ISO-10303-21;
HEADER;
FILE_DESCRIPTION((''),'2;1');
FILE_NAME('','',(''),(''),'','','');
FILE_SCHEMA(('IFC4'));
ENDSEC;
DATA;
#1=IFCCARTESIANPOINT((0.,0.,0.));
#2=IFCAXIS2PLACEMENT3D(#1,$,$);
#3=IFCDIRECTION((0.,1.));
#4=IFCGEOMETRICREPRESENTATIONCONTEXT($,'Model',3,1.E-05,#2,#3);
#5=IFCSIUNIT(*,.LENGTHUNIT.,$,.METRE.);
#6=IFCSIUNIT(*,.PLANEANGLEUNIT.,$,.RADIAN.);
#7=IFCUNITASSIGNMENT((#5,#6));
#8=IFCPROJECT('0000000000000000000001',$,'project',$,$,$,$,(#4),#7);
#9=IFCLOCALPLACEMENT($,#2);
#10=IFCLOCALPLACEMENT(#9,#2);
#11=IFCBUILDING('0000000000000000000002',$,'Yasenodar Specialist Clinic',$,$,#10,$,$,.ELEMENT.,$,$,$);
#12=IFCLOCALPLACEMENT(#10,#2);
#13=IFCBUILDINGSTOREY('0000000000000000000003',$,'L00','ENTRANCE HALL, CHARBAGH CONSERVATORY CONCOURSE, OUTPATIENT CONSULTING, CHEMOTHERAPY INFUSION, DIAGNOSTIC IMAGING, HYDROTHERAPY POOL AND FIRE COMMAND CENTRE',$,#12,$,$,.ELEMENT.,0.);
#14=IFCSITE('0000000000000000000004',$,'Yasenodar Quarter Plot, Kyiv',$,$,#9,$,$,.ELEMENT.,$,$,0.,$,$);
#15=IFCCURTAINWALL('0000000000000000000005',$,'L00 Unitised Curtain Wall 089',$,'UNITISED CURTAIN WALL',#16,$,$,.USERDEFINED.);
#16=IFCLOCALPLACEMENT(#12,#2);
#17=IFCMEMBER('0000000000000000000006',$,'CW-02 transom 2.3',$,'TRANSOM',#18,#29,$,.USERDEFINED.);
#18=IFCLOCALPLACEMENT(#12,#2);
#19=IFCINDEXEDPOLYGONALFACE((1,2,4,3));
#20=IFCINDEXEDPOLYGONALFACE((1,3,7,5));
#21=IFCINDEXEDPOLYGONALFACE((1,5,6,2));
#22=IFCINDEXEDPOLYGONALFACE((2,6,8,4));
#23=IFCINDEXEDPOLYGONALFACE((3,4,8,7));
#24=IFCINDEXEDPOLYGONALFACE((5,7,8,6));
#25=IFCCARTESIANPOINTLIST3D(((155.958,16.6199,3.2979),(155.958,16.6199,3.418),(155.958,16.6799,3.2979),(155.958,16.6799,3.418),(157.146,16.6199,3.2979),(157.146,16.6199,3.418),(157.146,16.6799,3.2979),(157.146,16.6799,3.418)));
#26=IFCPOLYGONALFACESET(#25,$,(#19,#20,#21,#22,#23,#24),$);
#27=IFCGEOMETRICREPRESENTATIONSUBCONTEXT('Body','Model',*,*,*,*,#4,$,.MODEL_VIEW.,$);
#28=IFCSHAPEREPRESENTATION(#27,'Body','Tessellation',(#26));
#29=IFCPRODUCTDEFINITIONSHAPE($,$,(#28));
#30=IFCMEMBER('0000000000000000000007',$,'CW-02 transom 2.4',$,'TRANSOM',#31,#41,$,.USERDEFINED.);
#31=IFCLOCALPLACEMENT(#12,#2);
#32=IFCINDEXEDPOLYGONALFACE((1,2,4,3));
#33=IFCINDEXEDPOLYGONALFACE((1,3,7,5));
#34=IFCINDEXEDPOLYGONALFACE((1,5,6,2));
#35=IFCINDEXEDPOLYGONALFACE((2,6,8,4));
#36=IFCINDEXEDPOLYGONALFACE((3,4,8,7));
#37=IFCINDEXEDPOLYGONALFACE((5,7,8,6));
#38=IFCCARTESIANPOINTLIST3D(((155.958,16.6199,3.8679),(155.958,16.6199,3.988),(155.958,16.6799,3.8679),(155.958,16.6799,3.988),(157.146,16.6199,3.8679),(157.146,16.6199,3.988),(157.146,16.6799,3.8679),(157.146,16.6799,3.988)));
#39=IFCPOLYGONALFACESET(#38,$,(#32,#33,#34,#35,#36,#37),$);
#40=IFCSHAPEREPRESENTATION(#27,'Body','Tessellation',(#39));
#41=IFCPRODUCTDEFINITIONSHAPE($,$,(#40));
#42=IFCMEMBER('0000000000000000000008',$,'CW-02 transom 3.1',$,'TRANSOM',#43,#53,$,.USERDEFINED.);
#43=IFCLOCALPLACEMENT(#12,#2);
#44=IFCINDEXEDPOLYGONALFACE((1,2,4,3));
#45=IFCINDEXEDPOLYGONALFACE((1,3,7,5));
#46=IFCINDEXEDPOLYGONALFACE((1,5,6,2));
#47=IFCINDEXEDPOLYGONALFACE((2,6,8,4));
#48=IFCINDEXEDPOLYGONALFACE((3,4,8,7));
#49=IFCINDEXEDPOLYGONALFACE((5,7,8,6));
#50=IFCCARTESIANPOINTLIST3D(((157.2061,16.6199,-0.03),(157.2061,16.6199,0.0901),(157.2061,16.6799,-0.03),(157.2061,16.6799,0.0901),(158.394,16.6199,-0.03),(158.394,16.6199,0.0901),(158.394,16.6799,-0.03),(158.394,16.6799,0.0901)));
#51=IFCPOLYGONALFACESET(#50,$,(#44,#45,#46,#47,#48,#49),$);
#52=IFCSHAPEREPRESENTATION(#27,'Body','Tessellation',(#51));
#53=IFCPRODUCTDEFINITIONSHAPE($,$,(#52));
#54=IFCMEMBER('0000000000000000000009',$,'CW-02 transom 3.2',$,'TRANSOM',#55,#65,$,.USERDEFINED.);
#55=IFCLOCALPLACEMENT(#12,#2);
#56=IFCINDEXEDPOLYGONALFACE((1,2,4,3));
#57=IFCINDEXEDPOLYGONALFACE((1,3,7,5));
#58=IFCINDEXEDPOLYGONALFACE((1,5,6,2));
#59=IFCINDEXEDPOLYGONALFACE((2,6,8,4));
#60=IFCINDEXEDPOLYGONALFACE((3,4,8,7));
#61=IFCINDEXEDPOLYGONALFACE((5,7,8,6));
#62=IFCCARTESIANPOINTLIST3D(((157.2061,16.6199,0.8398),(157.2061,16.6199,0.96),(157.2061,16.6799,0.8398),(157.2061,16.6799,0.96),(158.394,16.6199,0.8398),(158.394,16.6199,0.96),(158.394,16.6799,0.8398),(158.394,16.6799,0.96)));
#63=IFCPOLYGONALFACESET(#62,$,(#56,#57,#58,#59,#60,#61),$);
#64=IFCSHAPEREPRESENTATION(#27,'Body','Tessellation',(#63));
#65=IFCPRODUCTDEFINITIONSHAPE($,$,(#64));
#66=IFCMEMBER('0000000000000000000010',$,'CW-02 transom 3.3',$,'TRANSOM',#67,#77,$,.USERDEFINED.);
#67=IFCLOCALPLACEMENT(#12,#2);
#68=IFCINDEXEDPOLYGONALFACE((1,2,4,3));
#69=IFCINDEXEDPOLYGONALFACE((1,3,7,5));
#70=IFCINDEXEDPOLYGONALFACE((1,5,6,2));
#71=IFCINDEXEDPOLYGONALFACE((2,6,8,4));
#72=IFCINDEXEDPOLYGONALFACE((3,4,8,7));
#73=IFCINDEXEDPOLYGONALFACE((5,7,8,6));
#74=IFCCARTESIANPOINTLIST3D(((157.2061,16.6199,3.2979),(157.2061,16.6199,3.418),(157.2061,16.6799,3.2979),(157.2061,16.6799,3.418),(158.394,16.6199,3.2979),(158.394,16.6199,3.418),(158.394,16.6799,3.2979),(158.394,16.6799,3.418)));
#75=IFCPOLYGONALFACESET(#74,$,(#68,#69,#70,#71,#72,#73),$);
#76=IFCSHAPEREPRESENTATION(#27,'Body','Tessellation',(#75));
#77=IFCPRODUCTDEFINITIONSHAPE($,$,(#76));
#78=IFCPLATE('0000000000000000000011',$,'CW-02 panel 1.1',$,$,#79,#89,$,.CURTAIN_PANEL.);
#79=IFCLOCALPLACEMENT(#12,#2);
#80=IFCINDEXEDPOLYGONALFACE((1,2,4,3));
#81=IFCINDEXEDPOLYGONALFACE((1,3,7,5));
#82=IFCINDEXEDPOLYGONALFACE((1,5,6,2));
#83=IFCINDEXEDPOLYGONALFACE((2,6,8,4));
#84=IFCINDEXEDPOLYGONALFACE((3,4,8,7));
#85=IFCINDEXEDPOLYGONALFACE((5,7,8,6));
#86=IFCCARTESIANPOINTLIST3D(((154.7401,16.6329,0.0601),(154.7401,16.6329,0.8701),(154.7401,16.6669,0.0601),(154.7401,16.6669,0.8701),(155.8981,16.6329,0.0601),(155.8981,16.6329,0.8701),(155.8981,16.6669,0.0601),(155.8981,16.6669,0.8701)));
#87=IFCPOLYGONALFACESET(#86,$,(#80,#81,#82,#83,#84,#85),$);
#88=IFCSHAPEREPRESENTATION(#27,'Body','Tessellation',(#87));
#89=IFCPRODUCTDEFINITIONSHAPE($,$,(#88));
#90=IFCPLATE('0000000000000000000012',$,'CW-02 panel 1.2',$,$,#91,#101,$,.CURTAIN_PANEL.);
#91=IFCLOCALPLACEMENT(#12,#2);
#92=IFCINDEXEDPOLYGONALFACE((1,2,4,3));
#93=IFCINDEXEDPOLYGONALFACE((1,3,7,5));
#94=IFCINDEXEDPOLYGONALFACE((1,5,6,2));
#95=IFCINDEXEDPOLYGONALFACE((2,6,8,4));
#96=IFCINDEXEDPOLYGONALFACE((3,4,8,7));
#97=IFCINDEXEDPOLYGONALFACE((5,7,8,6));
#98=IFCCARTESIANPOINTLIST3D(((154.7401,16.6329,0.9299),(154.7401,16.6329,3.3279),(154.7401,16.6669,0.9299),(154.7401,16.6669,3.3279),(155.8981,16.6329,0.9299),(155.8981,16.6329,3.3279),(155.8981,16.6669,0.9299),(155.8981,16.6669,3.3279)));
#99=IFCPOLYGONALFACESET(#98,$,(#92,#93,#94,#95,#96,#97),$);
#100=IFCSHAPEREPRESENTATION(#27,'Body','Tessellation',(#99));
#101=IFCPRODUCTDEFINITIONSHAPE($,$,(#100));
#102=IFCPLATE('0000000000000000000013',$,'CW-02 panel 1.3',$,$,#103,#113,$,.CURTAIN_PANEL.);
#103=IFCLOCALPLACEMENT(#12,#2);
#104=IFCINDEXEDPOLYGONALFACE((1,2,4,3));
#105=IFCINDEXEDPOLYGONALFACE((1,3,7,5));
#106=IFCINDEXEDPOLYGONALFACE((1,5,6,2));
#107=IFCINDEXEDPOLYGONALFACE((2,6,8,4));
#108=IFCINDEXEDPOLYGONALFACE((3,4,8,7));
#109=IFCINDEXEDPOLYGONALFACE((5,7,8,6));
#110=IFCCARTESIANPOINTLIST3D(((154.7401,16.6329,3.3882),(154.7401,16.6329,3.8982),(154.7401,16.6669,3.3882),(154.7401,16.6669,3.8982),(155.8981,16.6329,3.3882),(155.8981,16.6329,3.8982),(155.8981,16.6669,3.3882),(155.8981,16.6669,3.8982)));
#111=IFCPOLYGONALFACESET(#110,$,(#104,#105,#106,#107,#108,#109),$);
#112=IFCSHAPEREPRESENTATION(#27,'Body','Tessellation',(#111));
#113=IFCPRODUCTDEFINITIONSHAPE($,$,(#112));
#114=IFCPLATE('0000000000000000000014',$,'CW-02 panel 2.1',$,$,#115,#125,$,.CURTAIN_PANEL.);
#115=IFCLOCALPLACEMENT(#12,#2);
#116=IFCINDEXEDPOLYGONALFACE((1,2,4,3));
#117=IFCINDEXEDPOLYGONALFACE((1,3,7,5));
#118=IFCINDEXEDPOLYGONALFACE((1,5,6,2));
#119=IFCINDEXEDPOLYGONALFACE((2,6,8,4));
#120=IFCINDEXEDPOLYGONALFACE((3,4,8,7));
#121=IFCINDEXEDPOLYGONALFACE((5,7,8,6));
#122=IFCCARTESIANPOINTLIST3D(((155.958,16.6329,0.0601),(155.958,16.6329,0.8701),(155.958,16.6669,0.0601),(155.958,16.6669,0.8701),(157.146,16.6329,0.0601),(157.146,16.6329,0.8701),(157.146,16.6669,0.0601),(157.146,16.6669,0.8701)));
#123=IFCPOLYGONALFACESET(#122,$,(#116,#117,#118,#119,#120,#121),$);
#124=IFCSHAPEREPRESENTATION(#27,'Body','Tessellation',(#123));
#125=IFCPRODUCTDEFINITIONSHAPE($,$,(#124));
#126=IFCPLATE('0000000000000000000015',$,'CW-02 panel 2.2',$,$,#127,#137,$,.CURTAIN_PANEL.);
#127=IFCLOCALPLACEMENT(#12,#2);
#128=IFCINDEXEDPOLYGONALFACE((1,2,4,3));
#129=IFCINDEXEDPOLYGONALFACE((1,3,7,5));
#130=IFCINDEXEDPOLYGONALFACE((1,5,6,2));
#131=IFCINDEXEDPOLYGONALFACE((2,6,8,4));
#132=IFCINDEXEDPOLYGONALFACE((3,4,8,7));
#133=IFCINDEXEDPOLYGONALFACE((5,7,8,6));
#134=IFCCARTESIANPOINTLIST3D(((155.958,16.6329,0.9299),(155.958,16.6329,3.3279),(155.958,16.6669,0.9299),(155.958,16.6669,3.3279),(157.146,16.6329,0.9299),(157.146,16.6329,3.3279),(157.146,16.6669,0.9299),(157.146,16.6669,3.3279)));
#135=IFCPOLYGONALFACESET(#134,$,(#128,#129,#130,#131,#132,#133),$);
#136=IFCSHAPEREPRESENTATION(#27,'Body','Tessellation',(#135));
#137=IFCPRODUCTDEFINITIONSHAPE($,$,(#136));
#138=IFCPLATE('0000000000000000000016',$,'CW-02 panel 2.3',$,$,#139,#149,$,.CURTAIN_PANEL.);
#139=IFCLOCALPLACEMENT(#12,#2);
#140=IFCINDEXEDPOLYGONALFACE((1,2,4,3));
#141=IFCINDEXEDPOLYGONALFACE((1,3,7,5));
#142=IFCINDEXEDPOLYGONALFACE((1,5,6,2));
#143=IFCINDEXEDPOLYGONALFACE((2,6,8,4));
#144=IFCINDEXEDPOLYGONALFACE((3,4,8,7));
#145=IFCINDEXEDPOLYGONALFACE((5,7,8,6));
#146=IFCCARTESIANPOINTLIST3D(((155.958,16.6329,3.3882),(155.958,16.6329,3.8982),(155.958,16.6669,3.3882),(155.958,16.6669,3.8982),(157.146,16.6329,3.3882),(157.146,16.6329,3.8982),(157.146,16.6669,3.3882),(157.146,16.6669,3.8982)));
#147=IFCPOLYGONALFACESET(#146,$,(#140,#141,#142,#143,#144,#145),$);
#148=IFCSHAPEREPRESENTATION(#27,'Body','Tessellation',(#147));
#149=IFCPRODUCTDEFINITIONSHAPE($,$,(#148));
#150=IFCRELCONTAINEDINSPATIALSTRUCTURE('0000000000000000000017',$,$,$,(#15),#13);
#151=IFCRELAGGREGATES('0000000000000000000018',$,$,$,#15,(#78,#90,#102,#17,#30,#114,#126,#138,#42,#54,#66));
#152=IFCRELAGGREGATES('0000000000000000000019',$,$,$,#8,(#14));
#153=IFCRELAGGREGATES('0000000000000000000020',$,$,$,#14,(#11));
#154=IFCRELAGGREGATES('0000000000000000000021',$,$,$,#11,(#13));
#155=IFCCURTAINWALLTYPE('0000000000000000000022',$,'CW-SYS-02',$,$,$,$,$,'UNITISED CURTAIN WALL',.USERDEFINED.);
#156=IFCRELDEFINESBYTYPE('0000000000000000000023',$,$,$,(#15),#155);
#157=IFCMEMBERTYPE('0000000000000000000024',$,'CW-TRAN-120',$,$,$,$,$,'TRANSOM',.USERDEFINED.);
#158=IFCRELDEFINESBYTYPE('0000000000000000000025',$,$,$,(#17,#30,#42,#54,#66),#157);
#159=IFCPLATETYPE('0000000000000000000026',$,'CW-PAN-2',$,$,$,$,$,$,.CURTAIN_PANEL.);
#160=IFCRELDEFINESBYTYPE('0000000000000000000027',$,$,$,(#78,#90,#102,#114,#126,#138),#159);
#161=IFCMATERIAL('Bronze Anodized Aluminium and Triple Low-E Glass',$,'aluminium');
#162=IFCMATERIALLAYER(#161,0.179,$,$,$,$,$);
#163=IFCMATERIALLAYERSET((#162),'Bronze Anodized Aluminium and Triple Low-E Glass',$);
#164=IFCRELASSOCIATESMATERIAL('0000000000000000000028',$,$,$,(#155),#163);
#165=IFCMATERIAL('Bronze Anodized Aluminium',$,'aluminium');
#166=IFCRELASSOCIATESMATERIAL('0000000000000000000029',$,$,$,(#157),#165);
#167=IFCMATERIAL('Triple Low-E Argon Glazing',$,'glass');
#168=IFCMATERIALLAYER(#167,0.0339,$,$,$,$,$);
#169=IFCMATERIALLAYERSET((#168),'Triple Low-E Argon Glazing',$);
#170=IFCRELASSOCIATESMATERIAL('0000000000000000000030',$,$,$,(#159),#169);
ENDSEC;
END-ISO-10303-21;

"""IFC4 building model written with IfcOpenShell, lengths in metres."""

from ifc_helpers import new_model, si_unit, direction, frame, origin, origin_2d, place, context, subcontext, project, spatial, rectangle, extrude, material, layer, layer_set, material_profile, profile_set, type_object, element, aggregate, save


model = new_model("IFC4")

# Units and contexts
model_context = context("Model", 3, precision=1e-05, world=origin(), true_north=direction((0.0, 1.0)))
body_context = subcontext(model_context, "Body", "Model", "MODEL_VIEW")
ifc_project = project(units=[si_unit("LENGTHUNIT", "METRE"), si_unit("PLANEANGLEUNIT", "RADIAN")], contexts=[model_context])

# Site, building, storey
site_placement = place(None, origin())
site = spatial("IfcSite", under=ifc_project, at=site_placement, Name="Yasenodar Quarter Plot, Kyiv", CompositionType="ELEMENT", RefElevation=0.0)
building_placement = place(site_placement, origin())
building = spatial("IfcBuilding", under=site, at=building_placement, Name="Yasenodar Specialist Clinic", CompositionType="ELEMENT")
storey_placement = place(building_placement, origin())
storey = spatial("IfcBuildingStorey", under=building, at=storey_placement, Name="L00", Description="ENTRANCE HALL, CHARBAGH CONSERVATORY CONCOURSE, OUTPATIENT CONSULTING, CHEMOTHERAPY INFUSION, DIAGNOSTIC IMAGING, HYDROTHERAPY POOL AND FIRE COMMAND CENTRE", CompositionType="ELEMENT", Elevation=0.0)

# Curtain wall, members, plates
ifc_material_1 = material(Name="Bronze Anodized Aluminium and Triple Low-E Glass", Category="aluminium")
ifc_layer_1 = layer(ifc_material_1, 0.179)
ifc_layer_set_1 = layer_set([ifc_layer_1], Name="Bronze Anodized Aluminium and Triple Low-E Glass")
curtain_wall_type = type_object("IfcCurtainWallType", Name="CW-SYS-02", ElementType="UNITISED CURTAIN WALL", PredefinedType="USERDEFINED", material=ifc_layer_set_1)
curtain_wall_placement = place(storey_placement, origin())
curtain_wall = element("IfcCurtainWall", 1, at=curtain_wall_placement, inside=storey, type_object=curtain_wall_type, Name="L00 Unitised Curtain Wall 089", ObjectType="UNITISED CURTAIN WALL", PredefinedType="USERDEFINED")
ifc_material_2 = material(Name="Bronze Anodized Aluminium", Category="aluminium")
ifc_material_profile_1 = material_profile(ifc_material_2, rectangle(XDim=0.0601, YDim=0.1201, at=origin_2d()), Name="CW-TRAN 60x120")
ifc_profile_set_1 = profile_set([ifc_material_profile_1], Name="Bronze Anodized Aluminium")
member_type_1 = type_object("IfcMemberType", Name="CW-TRAN-120", ElementType="TRANSOM", PredefinedType="USERDEFINED", material=ifc_profile_set_1)
member_1_placement = place(storey_placement, frame((155.958, 16.6499, 3.3579), z_axis=(1.0, 0.0, 0.0), x_axis=(0.0, 1.0, 0.0)))
member_1 = element("IfcMember", 2, at=member_1_placement, type_object=member_type_1, Name="CW-02 transom 2.3", ObjectType="TRANSOM", PredefinedType="USERDEFINED", context=body_context, shape_type="SweptSolid", body=[
    extrude(rectangle(XDim=0.0601, YDim=0.1201, at=origin_2d()), origin(), (0.0, 0.0, 1.0), 1.188),
])
member_2_placement = place(storey_placement, frame((155.958, 16.6499, 3.928), z_axis=(1.0, 0.0, 0.0), x_axis=(0.0, 1.0, 0.0)))
member_2 = element("IfcMember", 3, at=member_2_placement, type_object=member_type_1, Name="CW-02 transom 2.4", ObjectType="TRANSOM", PredefinedType="USERDEFINED", context=body_context, shape_type="SweptSolid", body=[
    extrude(rectangle(XDim=0.0601, YDim=0.1201, at=origin_2d()), origin(), (0.0, 0.0, 1.0), 1.188),
])
member_3_placement = place(storey_placement, frame((157.2061, 16.6499, 0.03), z_axis=(1.0, 0.0, 0.0), x_axis=(0.0, 1.0, 0.0)))
member_3 = element("IfcMember", 4, at=member_3_placement, type_object=member_type_1, Name="CW-02 transom 3.1", ObjectType="TRANSOM", PredefinedType="USERDEFINED", context=body_context, shape_type="SweptSolid", body=[
    extrude(rectangle(XDim=0.0601, YDim=0.1201, at=origin_2d()), origin(), (0.0, 0.0, 1.0), 1.188),
])
member_4_placement = place(storey_placement, frame((157.2061, 16.6499, 0.8999), z_axis=(1.0, 0.0, 0.0), x_axis=(0.0, 1.0, 0.0)))
member_4 = element("IfcMember", 5, at=member_4_placement, type_object=member_type_1, Name="CW-02 transom 3.2", ObjectType="TRANSOM", PredefinedType="USERDEFINED", context=body_context, shape_type="SweptSolid", body=[
    extrude(rectangle(XDim=0.0601, YDim=0.1201, at=origin_2d()), origin(), (0.0, 0.0, 1.0), 1.188),
])
member_5_placement = place(storey_placement, frame((157.2061, 16.6499, 3.3579), z_axis=(1.0, 0.0, 0.0), x_axis=(0.0, 1.0, 0.0)))
member_5 = element("IfcMember", 6, at=member_5_placement, type_object=member_type_1, Name="CW-02 transom 3.3", ObjectType="TRANSOM", PredefinedType="USERDEFINED", context=body_context, shape_type="SweptSolid", body=[
    extrude(rectangle(XDim=0.0601, YDim=0.1201, at=origin_2d()), origin(), (0.0, 0.0, 1.0), 1.188),
])
ifc_material_3 = material(Name="Triple Low-E Argon Glazing", Category="glass")
ifc_layer_2 = layer(ifc_material_3, 0.0339)
ifc_layer_set_2 = layer_set([ifc_layer_2], Name="Triple Low-E Argon Glazing")
plate_type = type_object("IfcPlateType", Name="CW-PAN-2", PredefinedType="CURTAIN_PANEL", material=ifc_layer_set_2)
plate_1_placement = place(storey_placement, frame((155.3191, 16.6499, 0.0601), z_axis=(0.0, 0.0, 1.0), x_axis=(1.0, 0.0, 0.0)))
plate_1 = element("IfcPlate", 7, at=plate_1_placement, type_object=plate_type, Name="CW-02 panel 1.1", PredefinedType="CURTAIN_PANEL", context=body_context, shape_type="SweptSolid", body=[
    extrude(rectangle(XDim=1.158, YDim=0.0339, at=origin_2d()), origin(), (0.0, 0.0, 1.0), 0.8101),
])
plate_2_placement = place(storey_placement, frame((155.3191, 16.6499, 0.9299), z_axis=(0.0, 0.0, 1.0), x_axis=(1.0, 0.0, 0.0)))
plate_2 = element("IfcPlate", 8, at=plate_2_placement, type_object=plate_type, Name="CW-02 panel 1.2", PredefinedType="CURTAIN_PANEL", context=body_context, shape_type="SweptSolid", body=[
    extrude(rectangle(XDim=1.158, YDim=0.0339, at=origin_2d()), origin(), (0.0, 0.0, 1.0), 2.3979),
])
plate_3_placement = place(storey_placement, frame((155.3191, 16.6499, 3.3882), z_axis=(0.0, 0.0, 1.0), x_axis=(1.0, 0.0, 0.0)))
plate_3 = element("IfcPlate", 9, at=plate_3_placement, type_object=plate_type, Name="CW-02 panel 1.3", PredefinedType="CURTAIN_PANEL", context=body_context, shape_type="SweptSolid", body=[
    extrude(rectangle(XDim=1.158, YDim=0.0339, at=origin_2d()), origin(), (0.0, 0.0, 1.0), 0.51),
])
plate_4_placement = place(storey_placement, frame((156.552, 16.6499, 0.0601), z_axis=(0.0, 0.0, 1.0), x_axis=(1.0, 0.0, 0.0)))
plate_4 = element("IfcPlate", 10, at=plate_4_placement, type_object=plate_type, Name="CW-02 panel 2.1", PredefinedType="CURTAIN_PANEL", context=body_context, shape_type="SweptSolid", body=[
    extrude(rectangle(XDim=1.188, YDim=0.0339, at=origin_2d()), origin(), (0.0, 0.0, 1.0), 0.8101),
])
plate_5_placement = place(storey_placement, frame((156.552, 16.6499, 0.9299), z_axis=(0.0, 0.0, 1.0), x_axis=(1.0, 0.0, 0.0)))
plate_5 = element("IfcPlate", 11, at=plate_5_placement, type_object=plate_type, Name="CW-02 panel 2.2", PredefinedType="CURTAIN_PANEL", context=body_context, shape_type="SweptSolid", body=[
    extrude(rectangle(XDim=1.188, YDim=0.0339, at=origin_2d()), origin(), (0.0, 0.0, 1.0), 2.3979),
])
plate_6_placement = place(storey_placement, frame((156.552, 16.6499, 3.3882), z_axis=(0.0, 0.0, 1.0), x_axis=(1.0, 0.0, 0.0)))
plate_6 = element("IfcPlate", 12, at=plate_6_placement, type_object=plate_type, Name="CW-02 panel 2.3", PredefinedType="CURTAIN_PANEL", context=body_context, shape_type="SweptSolid", body=[
    extrude(rectangle(XDim=1.188, YDim=0.0339, at=origin_2d()), origin(), (0.0, 0.0, 1.0), 0.51),
])
aggregate(curtain_wall, [plate_1, plate_2, plate_3, member_1, member_2, plate_4, plate_5, plate_6, member_3, member_4, member_5])

save(model, "model.ifc")
